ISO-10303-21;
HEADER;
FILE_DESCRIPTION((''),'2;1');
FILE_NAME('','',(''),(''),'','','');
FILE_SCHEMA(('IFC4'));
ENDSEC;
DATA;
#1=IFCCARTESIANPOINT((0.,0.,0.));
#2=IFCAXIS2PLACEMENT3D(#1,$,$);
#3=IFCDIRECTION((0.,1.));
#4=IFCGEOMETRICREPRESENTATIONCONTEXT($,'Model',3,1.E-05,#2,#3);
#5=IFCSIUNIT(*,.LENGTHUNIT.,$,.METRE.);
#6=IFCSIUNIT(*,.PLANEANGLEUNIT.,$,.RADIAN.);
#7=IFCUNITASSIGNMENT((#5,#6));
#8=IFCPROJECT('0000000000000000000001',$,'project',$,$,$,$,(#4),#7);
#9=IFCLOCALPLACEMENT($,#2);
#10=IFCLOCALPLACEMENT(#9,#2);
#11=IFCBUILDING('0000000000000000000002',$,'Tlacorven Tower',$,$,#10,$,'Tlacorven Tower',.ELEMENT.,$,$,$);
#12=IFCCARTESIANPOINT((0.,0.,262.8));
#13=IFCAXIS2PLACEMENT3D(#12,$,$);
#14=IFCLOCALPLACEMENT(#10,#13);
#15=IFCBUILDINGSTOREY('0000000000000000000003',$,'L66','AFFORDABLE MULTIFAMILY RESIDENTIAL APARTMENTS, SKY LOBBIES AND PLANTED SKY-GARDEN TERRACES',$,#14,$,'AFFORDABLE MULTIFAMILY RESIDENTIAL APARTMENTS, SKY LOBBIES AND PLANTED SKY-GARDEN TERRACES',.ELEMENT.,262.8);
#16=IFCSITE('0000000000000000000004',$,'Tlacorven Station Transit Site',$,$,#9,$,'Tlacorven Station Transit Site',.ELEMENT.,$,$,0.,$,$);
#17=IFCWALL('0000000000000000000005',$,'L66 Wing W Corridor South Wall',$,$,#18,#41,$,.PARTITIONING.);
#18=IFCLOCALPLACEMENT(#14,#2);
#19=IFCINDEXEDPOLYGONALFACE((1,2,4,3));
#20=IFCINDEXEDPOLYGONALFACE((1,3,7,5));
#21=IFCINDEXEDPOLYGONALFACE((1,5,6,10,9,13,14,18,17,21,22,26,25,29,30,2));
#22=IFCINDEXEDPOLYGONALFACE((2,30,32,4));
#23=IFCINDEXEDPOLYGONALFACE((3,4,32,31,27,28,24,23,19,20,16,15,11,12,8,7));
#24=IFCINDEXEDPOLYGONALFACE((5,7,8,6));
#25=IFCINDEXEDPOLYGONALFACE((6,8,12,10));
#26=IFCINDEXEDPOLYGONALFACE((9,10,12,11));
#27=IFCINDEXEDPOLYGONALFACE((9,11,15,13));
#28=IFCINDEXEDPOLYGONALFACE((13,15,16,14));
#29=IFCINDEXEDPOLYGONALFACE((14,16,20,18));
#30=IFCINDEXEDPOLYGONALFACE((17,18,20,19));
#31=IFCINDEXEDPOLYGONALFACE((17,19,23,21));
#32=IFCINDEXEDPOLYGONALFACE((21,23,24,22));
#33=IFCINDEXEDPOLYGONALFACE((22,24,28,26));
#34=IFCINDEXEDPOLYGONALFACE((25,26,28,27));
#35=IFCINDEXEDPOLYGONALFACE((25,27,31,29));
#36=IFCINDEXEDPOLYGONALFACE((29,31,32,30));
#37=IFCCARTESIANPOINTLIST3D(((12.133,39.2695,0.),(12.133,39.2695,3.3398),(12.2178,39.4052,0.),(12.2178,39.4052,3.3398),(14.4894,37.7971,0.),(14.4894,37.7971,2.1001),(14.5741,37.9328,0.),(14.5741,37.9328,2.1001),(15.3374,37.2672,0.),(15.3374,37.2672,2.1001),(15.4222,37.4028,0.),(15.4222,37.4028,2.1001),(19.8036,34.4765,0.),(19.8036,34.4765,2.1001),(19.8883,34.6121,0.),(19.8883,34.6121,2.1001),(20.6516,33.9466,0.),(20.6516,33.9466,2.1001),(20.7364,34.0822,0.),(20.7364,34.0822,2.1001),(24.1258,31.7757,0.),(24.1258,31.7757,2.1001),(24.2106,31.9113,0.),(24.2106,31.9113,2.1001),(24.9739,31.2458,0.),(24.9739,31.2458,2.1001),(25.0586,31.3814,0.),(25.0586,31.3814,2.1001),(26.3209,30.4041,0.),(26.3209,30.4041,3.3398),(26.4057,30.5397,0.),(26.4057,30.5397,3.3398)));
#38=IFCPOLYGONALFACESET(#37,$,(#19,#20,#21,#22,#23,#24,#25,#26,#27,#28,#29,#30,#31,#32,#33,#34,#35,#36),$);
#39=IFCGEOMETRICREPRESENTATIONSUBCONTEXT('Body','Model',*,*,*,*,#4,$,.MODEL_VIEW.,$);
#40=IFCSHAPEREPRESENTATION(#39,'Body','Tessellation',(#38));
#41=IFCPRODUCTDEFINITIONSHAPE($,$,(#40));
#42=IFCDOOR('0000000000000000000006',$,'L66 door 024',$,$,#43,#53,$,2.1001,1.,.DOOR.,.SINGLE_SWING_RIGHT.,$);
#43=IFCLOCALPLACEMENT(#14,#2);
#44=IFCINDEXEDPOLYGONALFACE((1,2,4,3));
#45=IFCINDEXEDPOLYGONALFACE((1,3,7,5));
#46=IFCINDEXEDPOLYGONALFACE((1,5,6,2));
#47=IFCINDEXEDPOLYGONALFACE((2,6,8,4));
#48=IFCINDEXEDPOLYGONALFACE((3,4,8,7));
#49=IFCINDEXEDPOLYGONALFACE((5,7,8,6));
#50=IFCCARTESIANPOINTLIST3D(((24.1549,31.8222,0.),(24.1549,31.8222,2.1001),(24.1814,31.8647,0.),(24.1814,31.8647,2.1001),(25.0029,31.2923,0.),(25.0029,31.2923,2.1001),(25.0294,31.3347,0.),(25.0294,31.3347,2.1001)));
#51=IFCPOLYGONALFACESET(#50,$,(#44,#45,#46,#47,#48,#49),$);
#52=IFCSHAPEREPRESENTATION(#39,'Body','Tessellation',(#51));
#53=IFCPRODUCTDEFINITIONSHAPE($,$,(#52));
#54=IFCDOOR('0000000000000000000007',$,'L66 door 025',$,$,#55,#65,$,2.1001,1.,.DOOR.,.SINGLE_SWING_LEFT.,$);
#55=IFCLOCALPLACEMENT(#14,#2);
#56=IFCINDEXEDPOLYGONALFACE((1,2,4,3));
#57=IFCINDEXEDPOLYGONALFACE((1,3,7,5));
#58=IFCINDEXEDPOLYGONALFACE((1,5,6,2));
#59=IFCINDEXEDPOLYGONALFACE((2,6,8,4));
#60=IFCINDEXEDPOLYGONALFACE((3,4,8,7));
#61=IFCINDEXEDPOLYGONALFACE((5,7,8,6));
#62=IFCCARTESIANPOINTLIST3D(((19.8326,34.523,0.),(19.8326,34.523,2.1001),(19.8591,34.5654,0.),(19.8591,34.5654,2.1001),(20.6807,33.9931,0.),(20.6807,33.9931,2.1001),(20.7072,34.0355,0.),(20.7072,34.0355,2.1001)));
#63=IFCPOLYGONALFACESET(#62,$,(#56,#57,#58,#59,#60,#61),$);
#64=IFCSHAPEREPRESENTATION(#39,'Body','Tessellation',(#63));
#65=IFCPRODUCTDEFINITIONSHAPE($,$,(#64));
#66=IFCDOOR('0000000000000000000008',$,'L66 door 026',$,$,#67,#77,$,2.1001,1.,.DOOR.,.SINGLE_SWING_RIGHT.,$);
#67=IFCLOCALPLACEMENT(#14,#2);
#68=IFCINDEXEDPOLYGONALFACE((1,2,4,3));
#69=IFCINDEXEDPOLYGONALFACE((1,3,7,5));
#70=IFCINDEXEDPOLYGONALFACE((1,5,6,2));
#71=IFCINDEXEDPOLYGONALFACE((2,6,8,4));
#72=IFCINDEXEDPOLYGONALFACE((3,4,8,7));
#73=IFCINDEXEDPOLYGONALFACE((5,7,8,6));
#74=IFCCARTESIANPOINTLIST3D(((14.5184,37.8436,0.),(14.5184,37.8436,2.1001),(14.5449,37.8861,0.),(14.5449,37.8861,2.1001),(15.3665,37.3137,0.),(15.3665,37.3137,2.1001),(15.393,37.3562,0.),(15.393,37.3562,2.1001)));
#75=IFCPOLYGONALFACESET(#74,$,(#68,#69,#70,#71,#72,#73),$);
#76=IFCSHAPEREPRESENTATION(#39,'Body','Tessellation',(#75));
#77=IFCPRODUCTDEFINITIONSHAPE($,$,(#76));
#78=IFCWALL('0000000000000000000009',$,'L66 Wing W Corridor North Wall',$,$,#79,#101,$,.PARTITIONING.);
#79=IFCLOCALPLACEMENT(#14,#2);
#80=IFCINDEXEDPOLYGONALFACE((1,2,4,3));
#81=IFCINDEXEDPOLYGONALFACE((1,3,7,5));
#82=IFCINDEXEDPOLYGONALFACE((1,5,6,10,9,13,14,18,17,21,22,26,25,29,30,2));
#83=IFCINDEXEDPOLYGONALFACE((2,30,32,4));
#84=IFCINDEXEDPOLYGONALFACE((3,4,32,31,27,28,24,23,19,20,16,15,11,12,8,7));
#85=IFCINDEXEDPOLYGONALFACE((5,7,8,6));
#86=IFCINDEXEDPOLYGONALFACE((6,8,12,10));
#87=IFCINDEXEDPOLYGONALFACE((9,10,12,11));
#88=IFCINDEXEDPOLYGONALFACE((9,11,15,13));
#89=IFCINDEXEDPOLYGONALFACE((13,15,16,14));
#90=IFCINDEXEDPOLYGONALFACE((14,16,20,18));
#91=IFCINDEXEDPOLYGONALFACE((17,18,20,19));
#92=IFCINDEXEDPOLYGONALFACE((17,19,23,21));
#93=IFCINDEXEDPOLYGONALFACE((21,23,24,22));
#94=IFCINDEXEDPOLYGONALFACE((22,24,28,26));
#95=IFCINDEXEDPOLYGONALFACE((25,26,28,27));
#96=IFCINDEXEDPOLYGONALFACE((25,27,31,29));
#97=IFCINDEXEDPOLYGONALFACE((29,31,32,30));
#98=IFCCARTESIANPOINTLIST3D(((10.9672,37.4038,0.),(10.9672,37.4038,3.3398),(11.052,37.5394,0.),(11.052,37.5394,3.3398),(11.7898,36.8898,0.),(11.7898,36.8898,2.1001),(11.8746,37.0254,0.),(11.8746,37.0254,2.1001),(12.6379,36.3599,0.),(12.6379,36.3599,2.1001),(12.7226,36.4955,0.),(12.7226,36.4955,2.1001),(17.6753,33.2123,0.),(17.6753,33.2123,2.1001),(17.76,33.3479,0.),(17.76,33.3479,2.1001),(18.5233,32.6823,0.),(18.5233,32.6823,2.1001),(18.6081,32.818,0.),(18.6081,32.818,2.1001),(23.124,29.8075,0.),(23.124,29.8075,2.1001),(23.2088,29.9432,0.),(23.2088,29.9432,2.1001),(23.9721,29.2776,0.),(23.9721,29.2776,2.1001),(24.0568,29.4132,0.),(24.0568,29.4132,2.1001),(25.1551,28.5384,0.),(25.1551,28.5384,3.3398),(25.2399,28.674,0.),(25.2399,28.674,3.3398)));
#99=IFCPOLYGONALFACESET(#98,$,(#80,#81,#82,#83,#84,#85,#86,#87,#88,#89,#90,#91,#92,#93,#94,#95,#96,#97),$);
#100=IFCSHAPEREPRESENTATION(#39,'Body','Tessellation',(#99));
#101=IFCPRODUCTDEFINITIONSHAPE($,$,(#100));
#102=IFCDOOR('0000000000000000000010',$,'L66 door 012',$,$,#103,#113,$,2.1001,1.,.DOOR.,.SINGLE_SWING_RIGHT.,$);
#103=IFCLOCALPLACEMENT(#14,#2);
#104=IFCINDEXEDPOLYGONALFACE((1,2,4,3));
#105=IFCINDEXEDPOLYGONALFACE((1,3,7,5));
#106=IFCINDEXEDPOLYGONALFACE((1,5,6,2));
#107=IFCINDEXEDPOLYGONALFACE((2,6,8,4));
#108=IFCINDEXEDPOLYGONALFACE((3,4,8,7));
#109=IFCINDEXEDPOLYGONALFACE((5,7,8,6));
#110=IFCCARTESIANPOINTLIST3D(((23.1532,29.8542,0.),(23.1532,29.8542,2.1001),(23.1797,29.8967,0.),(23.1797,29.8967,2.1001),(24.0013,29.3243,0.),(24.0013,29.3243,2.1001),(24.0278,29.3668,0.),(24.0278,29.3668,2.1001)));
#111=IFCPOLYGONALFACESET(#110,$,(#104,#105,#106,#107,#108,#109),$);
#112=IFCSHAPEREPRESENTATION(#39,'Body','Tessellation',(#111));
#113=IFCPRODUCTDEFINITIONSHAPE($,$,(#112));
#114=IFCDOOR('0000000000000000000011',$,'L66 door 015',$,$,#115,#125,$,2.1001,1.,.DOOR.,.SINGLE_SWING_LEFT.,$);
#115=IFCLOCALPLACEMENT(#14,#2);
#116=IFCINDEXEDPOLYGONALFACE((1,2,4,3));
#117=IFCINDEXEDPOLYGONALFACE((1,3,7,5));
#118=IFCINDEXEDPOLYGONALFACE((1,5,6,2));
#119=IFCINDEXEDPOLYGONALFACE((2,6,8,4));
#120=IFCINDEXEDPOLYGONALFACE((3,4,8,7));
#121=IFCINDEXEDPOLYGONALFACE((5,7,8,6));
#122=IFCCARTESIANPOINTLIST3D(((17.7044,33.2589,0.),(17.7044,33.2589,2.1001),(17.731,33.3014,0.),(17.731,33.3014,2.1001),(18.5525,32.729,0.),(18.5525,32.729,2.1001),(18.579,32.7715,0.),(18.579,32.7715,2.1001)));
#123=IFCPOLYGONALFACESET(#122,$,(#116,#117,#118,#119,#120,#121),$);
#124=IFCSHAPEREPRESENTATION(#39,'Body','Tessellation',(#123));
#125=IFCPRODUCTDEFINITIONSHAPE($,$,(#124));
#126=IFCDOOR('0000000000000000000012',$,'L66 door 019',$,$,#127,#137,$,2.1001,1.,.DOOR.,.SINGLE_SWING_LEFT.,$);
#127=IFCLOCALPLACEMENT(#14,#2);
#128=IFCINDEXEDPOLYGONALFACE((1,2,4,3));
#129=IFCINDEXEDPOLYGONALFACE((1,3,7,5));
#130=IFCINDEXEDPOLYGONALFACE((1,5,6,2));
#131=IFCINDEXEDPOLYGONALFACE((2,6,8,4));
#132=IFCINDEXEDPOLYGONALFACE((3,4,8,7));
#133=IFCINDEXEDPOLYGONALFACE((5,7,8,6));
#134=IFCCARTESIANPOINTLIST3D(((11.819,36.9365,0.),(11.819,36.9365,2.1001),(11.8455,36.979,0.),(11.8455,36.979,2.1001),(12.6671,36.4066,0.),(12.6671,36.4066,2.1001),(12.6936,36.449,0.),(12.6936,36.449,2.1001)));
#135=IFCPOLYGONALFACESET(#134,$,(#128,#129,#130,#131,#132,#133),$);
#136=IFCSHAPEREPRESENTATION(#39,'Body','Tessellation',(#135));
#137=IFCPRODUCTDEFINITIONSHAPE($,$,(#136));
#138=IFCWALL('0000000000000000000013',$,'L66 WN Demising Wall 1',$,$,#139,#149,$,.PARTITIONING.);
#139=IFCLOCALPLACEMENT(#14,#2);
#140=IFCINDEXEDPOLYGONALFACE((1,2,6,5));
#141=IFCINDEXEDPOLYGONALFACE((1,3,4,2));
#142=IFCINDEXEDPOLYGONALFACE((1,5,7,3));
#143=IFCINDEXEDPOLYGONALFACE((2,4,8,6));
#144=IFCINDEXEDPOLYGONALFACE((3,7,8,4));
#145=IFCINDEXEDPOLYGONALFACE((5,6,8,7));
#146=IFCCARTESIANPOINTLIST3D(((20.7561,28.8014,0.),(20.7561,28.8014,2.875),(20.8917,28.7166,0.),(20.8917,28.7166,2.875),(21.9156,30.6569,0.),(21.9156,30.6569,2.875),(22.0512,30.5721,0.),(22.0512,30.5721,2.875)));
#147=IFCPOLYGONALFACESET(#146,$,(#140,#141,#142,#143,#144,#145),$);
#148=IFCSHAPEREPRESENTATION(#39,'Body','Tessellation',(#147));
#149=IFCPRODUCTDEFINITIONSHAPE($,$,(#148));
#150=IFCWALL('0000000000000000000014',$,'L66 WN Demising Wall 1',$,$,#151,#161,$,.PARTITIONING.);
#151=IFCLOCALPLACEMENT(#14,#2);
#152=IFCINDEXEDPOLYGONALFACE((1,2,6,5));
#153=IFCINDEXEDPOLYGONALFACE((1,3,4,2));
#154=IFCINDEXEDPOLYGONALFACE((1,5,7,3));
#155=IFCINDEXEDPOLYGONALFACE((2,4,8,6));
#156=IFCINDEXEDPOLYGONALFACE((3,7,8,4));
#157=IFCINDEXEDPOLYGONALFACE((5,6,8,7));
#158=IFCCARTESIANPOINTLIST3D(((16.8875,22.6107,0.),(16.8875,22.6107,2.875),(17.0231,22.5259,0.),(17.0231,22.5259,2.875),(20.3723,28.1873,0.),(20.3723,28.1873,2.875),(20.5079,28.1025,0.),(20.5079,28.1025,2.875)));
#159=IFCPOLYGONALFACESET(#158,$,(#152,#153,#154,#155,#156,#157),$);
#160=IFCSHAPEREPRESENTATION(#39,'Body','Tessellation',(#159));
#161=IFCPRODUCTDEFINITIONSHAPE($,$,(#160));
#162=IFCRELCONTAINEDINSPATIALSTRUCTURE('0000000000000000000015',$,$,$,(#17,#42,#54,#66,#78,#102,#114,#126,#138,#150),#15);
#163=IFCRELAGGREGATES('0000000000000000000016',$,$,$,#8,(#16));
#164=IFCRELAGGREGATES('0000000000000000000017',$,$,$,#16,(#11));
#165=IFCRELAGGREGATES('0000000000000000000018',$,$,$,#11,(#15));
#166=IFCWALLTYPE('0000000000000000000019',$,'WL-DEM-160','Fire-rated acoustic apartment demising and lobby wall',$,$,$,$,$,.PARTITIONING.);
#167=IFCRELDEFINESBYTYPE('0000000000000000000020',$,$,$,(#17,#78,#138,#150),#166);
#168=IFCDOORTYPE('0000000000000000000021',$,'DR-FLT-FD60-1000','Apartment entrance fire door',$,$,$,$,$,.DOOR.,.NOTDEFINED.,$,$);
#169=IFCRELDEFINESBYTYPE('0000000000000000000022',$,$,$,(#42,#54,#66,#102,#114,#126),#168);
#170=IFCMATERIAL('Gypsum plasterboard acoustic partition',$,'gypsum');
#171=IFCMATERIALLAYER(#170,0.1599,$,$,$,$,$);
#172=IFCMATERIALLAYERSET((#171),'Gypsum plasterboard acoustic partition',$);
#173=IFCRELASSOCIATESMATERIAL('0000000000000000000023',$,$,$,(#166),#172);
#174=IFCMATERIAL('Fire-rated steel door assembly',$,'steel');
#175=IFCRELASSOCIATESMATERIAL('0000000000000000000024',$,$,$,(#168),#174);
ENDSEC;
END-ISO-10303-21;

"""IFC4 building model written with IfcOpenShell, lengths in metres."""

from ifc_helpers import new_model, si_unit, direction, frame, frame_2d, origin, place, context, subcontext, project, spatial, rectangle, extrude, source, transform, mapped, material, layer, layer_set, type_object, element, fill, save


model = new_model("IFC4")

# Units and contexts
model_context = context("Model", 3, precision=1e-05, world=origin(), true_north=direction((0.0, 1.0)))
body_context = subcontext(model_context, "Body", "Model", "MODEL_VIEW")
ifc_project = project(units=[si_unit("LENGTHUNIT", "METRE"), si_unit("PLANEANGLEUNIT", "RADIAN")], contexts=[model_context])

# Site, building, storey
site_placement = place(None, origin())
site = spatial("IfcSite", under=ifc_project, at=site_placement, Name="Tlacorven Station Transit Site", LongName="Tlacorven Station Transit Site", CompositionType="ELEMENT", RefElevation=0.0)
building_placement = place(site_placement, origin())
building = spatial("IfcBuilding", under=site, at=building_placement, Name="Tlacorven Tower", LongName="Tlacorven Tower", CompositionType="ELEMENT")
storey_placement = place(building_placement, frame((0.0, 0.0, 262.8)))
storey = spatial("IfcBuildingStorey", under=building, at=storey_placement, Name="L66", Description="AFFORDABLE MULTIFAMILY RESIDENTIAL APARTMENTS, SKY LOBBIES AND PLANTED SKY-GARDEN TERRACES", LongName="AFFORDABLE MULTIFAMILY RESIDENTIAL APARTMENTS, SKY LOBBIES AND PLANTED SKY-GARDEN TERRACES", CompositionType="ELEMENT", Elevation=262.8)

# Shared definitions
ifc_material_1 = material(Name="Gypsum plasterboard acoustic partition", Category="gypsum")
ifc_layer_1 = layer(ifc_material_1, 0.1599)
ifc_layer_set_1 = layer_set([ifc_layer_1], Name="Gypsum plasterboard acoustic partition")
wall_type_1 = type_object("IfcWallType", Name="WL-DEM-160", Description="Fire-rated acoustic apartment demising and lobby wall", PredefinedType="PARTITIONING", material=ifc_layer_set_1)

# Walls, openings, doors
wall_1_placement = place(storey_placement, frame((26.3633, 30.4719, 0.0), z_axis=(0.0, 0.0, 1.0), x_axis=(-0.848052, 0.529912, 0.0)))
wall_1 = element("IfcWall", 1, at=wall_1_placement, inside=storey, type_object=wall_type_1, Name="L66 Wing W Corridor South Wall", PredefinedType="PARTITIONING", context=body_context, shape_type="SweptSolid", body=[
    extrude(rectangle(XDim=16.73, YDim=0.1599, at=frame_2d((8.365, 0.0))), origin(), (0.0, 0.0, 1.0), 3.3398),
])
opening_1_placement = place(wall_1_placement, frame((1.5884, 0.0, 0.0)))
opening_1 = element("IfcOpeningElement", 2, at=opening_1_placement, cuts=wall_1, PredefinedType="OPENING", context=body_context, shape_type="SweptSolid", body=[
    extrude(rectangle(XDim=1.0, YDim=2.1001, at=frame_2d((0.5, 1.05))), frame((0.0, 0.0898, 0.0), z_axis=(0.0, -1.0, 0.0), x_axis=(1.0, 0.0, 0.0)), (0.0, 0.0, 1.0), 0.1799),
])
opening_2_placement = place(wall_1_placement, frame((6.6851, 0.0, 0.0)))
opening_2 = element("IfcOpeningElement", 3, at=opening_2_placement, cuts=wall_1, PredefinedType="OPENING", context=body_context, shape_type="SweptSolid", body=[
    extrude(rectangle(XDim=1.0, YDim=2.1001, at=frame_2d((0.5, 1.05))), frame((0.0, 0.0898, 0.0), z_axis=(0.0, -1.0, 0.0), x_axis=(1.0, 0.0, 0.0)), (0.0, 0.0, 1.0), 0.1799),
])
opening_3_placement = place(wall_1_placement, frame((12.9514, 0.0, 0.0)))
opening_3 = element("IfcOpeningElement", 4, at=opening_3_placement, cuts=wall_1, PredefinedType="OPENING", context=body_context, shape_type="SweptSolid", body=[
    extrude(rectangle(XDim=1.0, YDim=2.1001, at=frame_2d((0.5, 1.05))), frame((0.0, 0.0898, 0.0), z_axis=(0.0, -1.0, 0.0), x_axis=(1.0, 0.0, 0.0)), (0.0, 0.0, 1.0), 0.1799),
])
ifc_material_2 = material(Name="Fire-rated steel door assembly", Category="steel")
door_type_1 = type_object("IfcDoorType", Name="DR-FLT-FD60-1000", Description="Apartment entrance fire door", OperationType="NOTDEFINED", PredefinedType="DOOR", material=ifc_material_2)
shared_shape_1 = source(origin(), body_context, "Body", "SweptSolid", [
    extrude(rectangle(XDim=1.0, YDim=2.1001, at=frame_2d((0.5, 1.05))), frame((0.0, 0.0249, 0.0), z_axis=(0.0, -1.0, 0.0), x_axis=(1.0, 0.0, 0.0)), (0.0, 0.0, 1.0), 0.05),
])
door_1_placement = place(opening_1_placement, frame((1.0, 0.0, 0.0), z_axis=(0.0, 0.0, 1.0), x_axis=(-1.0, 0.0, 0.0)))
door_1 = element("IfcDoor", 5, at=door_1_placement, inside=storey, type_object=door_type_1, Name="L66 door 024", OperationType="SINGLE_SWING_RIGHT", OverallHeight=2.1001, OverallWidth=1.0, PredefinedType="DOOR", context=body_context, shape_type="MappedRepresentation", body=[
    mapped(shared_shape_1, transform((0.0, 0.0, 0.0), scale=1.0)),
])
fill(opening_1, door_1)
door_2_placement = place(opening_2_placement, frame((1.0, 0.0, 0.0), z_axis=(0.0, 0.0, 1.0), x_axis=(-1.0, 0.0, 0.0)))
door_2 = element("IfcDoor", 6, at=door_2_placement, inside=storey, type_object=door_type_1, Name="L66 door 025", OperationType="SINGLE_SWING_LEFT", OverallHeight=2.1001, OverallWidth=1.0, PredefinedType="DOOR", context=body_context, shape_type="MappedRepresentation", body=[
    mapped(shared_shape_1, transform((0.0, 0.0, 0.0), scale=1.0)),
])
fill(opening_2, door_2)
door_3_placement = place(opening_3_placement, frame((1.0, 0.0, 0.0), z_axis=(0.0, 0.0, 1.0), x_axis=(-1.0, 0.0, 0.0)))
door_3 = element("IfcDoor", 7, at=door_3_placement, inside=storey, type_object=door_type_1, Name="L66 door 026", OperationType="SINGLE_SWING_RIGHT", OverallHeight=2.1001, OverallWidth=1.0, PredefinedType="DOOR", context=body_context, shape_type="MappedRepresentation", body=[
    mapped(shared_shape_1, transform((0.0, 0.0, 0.0), scale=1.0)),
])
fill(opening_3, door_3)
wall_2_placement = place(storey_placement, frame((25.1975, 28.6062, 0.0), z_axis=(0.0, 0.0, 1.0), x_axis=(-0.848052, 0.529912, 0.0)))
wall_2 = element("IfcWall", 8, at=wall_2_placement, inside=storey, type_object=wall_type_1, Name="L66 Wing W Corridor North Wall", PredefinedType="PARTITIONING", context=body_context, shape_type="SweptSolid", body=[
    extrude(rectangle(XDim=16.73, YDim=0.1599, at=frame_2d((8.365, 0.0))), origin(), (0.0, 0.0, 1.0), 3.3398),
])
opening_4_placement = place(wall_2_placement, frame((1.395, 0.0, 0.0)))
opening_4 = element("IfcOpeningElement", 9, at=opening_4_placement, cuts=wall_2, PredefinedType="OPENING", context=body_context, shape_type="SweptSolid", body=[
    extrude(rectangle(XDim=1.0, YDim=2.1001, at=frame_2d((0.5, 1.05))), frame((0.0, 0.0898, 0.0), z_axis=(0.0, -1.0, 0.0), x_axis=(1.0, 0.0, 0.0)), (0.0, 0.0, 1.0), 0.1799),
])
opening_5_placement = place(wall_2_placement, frame((7.8201, 0.0, 0.0)))
opening_5 = element("IfcOpeningElement", 10, at=opening_5_placement, cuts=wall_2, PredefinedType="OPENING", context=body_context, shape_type="SweptSolid", body=[
    extrude(rectangle(XDim=1.0, YDim=2.1001, at=frame_2d((0.5, 1.05))), frame((0.0, 0.0898, 0.0), z_axis=(0.0, -1.0, 0.0), x_axis=(1.0, 0.0, 0.0)), (0.0, 0.0, 1.0), 0.1799),
])
opening_6_placement = place(wall_2_placement, frame((14.76, 0.0, 0.0)))
opening_6 = element("IfcOpeningElement", 11, at=opening_6_placement, cuts=wall_2, PredefinedType="OPENING", context=body_context, shape_type="SweptSolid", body=[
    extrude(rectangle(XDim=1.0, YDim=2.1001, at=frame_2d((0.5, 1.05))), frame((0.0, 0.0898, 0.0), z_axis=(0.0, -1.0, 0.0), x_axis=(1.0, 0.0, 0.0)), (0.0, 0.0, 1.0), 0.1799),
])
door_4_placement = place(opening_4_placement, origin())
door_4 = element("IfcDoor", 12, at=door_4_placement, inside=storey, type_object=door_type_1, Name="L66 door 012", OperationType="SINGLE_SWING_RIGHT", OverallHeight=2.1001, OverallWidth=1.0, PredefinedType="DOOR", context=body_context, shape_type="MappedRepresentation", body=[
    mapped(shared_shape_1, transform((0.0, 0.0, 0.0), scale=1.0)),
])
fill(opening_4, door_4)
door_5_placement = place(opening_5_placement, origin())
door_5 = element("IfcDoor", 13, at=door_5_placement, inside=storey, type_object=door_type_1, Name="L66 door 015", OperationType="SINGLE_SWING_LEFT", OverallHeight=2.1001, OverallWidth=1.0, PredefinedType="DOOR", context=body_context, shape_type="MappedRepresentation", body=[
    mapped(shared_shape_1, transform((0.0, 0.0, 0.0), scale=1.0)),
])
fill(opening_5, door_5)
door_6_placement = place(opening_6_placement, origin())
door_6 = element("IfcDoor", 14, at=door_6_placement, inside=storey, type_object=door_type_1, Name="L66 door 019", OperationType="SINGLE_SWING_LEFT", OverallHeight=2.1001, OverallWidth=1.0, PredefinedType="DOOR", context=body_context, shape_type="MappedRepresentation", body=[
    mapped(shared_shape_1, transform((0.0, 0.0, 0.0), scale=1.0)),
])
fill(opening_6, door_6)

# Walls
wall_3_placement = place(storey_placement, frame((21.9834, 30.6145, 0.0), z_axis=(0.0, 0.0, 1.0), x_axis=(-0.529919, -0.848048, 0.0)))
element("IfcWall", 15, at=wall_3_placement, inside=storey, type_object=wall_type_1, Name="L66 WN Demising Wall 1", PredefinedType="PARTITIONING", context=body_context, shape_type="SweptSolid", body=[
    extrude(rectangle(XDim=2.188, YDim=0.1599, at=frame_2d((1.094, 0.0))), origin(), (0.0, 0.0, 1.0), 2.875),
])
wall_4_placement = place(storey_placement, frame((20.4402, 28.145, 0.0), z_axis=(0.0, 0.0, 1.0), x_axis=(-0.529939, -0.848036, 0.0)))
element("IfcWall", 16, at=wall_4_placement, inside=storey, type_object=wall_type_1, Name="L66 WN Demising Wall 1", PredefinedType="PARTITIONING", context=body_context, shape_type="SweptSolid", body=[
    extrude(rectangle(XDim=6.5759, YDim=0.1599, at=frame_2d((3.2881, 0.0))), origin(), (0.0, 0.0, 1.0), 2.875),
])

save(model, "model.ifc")
